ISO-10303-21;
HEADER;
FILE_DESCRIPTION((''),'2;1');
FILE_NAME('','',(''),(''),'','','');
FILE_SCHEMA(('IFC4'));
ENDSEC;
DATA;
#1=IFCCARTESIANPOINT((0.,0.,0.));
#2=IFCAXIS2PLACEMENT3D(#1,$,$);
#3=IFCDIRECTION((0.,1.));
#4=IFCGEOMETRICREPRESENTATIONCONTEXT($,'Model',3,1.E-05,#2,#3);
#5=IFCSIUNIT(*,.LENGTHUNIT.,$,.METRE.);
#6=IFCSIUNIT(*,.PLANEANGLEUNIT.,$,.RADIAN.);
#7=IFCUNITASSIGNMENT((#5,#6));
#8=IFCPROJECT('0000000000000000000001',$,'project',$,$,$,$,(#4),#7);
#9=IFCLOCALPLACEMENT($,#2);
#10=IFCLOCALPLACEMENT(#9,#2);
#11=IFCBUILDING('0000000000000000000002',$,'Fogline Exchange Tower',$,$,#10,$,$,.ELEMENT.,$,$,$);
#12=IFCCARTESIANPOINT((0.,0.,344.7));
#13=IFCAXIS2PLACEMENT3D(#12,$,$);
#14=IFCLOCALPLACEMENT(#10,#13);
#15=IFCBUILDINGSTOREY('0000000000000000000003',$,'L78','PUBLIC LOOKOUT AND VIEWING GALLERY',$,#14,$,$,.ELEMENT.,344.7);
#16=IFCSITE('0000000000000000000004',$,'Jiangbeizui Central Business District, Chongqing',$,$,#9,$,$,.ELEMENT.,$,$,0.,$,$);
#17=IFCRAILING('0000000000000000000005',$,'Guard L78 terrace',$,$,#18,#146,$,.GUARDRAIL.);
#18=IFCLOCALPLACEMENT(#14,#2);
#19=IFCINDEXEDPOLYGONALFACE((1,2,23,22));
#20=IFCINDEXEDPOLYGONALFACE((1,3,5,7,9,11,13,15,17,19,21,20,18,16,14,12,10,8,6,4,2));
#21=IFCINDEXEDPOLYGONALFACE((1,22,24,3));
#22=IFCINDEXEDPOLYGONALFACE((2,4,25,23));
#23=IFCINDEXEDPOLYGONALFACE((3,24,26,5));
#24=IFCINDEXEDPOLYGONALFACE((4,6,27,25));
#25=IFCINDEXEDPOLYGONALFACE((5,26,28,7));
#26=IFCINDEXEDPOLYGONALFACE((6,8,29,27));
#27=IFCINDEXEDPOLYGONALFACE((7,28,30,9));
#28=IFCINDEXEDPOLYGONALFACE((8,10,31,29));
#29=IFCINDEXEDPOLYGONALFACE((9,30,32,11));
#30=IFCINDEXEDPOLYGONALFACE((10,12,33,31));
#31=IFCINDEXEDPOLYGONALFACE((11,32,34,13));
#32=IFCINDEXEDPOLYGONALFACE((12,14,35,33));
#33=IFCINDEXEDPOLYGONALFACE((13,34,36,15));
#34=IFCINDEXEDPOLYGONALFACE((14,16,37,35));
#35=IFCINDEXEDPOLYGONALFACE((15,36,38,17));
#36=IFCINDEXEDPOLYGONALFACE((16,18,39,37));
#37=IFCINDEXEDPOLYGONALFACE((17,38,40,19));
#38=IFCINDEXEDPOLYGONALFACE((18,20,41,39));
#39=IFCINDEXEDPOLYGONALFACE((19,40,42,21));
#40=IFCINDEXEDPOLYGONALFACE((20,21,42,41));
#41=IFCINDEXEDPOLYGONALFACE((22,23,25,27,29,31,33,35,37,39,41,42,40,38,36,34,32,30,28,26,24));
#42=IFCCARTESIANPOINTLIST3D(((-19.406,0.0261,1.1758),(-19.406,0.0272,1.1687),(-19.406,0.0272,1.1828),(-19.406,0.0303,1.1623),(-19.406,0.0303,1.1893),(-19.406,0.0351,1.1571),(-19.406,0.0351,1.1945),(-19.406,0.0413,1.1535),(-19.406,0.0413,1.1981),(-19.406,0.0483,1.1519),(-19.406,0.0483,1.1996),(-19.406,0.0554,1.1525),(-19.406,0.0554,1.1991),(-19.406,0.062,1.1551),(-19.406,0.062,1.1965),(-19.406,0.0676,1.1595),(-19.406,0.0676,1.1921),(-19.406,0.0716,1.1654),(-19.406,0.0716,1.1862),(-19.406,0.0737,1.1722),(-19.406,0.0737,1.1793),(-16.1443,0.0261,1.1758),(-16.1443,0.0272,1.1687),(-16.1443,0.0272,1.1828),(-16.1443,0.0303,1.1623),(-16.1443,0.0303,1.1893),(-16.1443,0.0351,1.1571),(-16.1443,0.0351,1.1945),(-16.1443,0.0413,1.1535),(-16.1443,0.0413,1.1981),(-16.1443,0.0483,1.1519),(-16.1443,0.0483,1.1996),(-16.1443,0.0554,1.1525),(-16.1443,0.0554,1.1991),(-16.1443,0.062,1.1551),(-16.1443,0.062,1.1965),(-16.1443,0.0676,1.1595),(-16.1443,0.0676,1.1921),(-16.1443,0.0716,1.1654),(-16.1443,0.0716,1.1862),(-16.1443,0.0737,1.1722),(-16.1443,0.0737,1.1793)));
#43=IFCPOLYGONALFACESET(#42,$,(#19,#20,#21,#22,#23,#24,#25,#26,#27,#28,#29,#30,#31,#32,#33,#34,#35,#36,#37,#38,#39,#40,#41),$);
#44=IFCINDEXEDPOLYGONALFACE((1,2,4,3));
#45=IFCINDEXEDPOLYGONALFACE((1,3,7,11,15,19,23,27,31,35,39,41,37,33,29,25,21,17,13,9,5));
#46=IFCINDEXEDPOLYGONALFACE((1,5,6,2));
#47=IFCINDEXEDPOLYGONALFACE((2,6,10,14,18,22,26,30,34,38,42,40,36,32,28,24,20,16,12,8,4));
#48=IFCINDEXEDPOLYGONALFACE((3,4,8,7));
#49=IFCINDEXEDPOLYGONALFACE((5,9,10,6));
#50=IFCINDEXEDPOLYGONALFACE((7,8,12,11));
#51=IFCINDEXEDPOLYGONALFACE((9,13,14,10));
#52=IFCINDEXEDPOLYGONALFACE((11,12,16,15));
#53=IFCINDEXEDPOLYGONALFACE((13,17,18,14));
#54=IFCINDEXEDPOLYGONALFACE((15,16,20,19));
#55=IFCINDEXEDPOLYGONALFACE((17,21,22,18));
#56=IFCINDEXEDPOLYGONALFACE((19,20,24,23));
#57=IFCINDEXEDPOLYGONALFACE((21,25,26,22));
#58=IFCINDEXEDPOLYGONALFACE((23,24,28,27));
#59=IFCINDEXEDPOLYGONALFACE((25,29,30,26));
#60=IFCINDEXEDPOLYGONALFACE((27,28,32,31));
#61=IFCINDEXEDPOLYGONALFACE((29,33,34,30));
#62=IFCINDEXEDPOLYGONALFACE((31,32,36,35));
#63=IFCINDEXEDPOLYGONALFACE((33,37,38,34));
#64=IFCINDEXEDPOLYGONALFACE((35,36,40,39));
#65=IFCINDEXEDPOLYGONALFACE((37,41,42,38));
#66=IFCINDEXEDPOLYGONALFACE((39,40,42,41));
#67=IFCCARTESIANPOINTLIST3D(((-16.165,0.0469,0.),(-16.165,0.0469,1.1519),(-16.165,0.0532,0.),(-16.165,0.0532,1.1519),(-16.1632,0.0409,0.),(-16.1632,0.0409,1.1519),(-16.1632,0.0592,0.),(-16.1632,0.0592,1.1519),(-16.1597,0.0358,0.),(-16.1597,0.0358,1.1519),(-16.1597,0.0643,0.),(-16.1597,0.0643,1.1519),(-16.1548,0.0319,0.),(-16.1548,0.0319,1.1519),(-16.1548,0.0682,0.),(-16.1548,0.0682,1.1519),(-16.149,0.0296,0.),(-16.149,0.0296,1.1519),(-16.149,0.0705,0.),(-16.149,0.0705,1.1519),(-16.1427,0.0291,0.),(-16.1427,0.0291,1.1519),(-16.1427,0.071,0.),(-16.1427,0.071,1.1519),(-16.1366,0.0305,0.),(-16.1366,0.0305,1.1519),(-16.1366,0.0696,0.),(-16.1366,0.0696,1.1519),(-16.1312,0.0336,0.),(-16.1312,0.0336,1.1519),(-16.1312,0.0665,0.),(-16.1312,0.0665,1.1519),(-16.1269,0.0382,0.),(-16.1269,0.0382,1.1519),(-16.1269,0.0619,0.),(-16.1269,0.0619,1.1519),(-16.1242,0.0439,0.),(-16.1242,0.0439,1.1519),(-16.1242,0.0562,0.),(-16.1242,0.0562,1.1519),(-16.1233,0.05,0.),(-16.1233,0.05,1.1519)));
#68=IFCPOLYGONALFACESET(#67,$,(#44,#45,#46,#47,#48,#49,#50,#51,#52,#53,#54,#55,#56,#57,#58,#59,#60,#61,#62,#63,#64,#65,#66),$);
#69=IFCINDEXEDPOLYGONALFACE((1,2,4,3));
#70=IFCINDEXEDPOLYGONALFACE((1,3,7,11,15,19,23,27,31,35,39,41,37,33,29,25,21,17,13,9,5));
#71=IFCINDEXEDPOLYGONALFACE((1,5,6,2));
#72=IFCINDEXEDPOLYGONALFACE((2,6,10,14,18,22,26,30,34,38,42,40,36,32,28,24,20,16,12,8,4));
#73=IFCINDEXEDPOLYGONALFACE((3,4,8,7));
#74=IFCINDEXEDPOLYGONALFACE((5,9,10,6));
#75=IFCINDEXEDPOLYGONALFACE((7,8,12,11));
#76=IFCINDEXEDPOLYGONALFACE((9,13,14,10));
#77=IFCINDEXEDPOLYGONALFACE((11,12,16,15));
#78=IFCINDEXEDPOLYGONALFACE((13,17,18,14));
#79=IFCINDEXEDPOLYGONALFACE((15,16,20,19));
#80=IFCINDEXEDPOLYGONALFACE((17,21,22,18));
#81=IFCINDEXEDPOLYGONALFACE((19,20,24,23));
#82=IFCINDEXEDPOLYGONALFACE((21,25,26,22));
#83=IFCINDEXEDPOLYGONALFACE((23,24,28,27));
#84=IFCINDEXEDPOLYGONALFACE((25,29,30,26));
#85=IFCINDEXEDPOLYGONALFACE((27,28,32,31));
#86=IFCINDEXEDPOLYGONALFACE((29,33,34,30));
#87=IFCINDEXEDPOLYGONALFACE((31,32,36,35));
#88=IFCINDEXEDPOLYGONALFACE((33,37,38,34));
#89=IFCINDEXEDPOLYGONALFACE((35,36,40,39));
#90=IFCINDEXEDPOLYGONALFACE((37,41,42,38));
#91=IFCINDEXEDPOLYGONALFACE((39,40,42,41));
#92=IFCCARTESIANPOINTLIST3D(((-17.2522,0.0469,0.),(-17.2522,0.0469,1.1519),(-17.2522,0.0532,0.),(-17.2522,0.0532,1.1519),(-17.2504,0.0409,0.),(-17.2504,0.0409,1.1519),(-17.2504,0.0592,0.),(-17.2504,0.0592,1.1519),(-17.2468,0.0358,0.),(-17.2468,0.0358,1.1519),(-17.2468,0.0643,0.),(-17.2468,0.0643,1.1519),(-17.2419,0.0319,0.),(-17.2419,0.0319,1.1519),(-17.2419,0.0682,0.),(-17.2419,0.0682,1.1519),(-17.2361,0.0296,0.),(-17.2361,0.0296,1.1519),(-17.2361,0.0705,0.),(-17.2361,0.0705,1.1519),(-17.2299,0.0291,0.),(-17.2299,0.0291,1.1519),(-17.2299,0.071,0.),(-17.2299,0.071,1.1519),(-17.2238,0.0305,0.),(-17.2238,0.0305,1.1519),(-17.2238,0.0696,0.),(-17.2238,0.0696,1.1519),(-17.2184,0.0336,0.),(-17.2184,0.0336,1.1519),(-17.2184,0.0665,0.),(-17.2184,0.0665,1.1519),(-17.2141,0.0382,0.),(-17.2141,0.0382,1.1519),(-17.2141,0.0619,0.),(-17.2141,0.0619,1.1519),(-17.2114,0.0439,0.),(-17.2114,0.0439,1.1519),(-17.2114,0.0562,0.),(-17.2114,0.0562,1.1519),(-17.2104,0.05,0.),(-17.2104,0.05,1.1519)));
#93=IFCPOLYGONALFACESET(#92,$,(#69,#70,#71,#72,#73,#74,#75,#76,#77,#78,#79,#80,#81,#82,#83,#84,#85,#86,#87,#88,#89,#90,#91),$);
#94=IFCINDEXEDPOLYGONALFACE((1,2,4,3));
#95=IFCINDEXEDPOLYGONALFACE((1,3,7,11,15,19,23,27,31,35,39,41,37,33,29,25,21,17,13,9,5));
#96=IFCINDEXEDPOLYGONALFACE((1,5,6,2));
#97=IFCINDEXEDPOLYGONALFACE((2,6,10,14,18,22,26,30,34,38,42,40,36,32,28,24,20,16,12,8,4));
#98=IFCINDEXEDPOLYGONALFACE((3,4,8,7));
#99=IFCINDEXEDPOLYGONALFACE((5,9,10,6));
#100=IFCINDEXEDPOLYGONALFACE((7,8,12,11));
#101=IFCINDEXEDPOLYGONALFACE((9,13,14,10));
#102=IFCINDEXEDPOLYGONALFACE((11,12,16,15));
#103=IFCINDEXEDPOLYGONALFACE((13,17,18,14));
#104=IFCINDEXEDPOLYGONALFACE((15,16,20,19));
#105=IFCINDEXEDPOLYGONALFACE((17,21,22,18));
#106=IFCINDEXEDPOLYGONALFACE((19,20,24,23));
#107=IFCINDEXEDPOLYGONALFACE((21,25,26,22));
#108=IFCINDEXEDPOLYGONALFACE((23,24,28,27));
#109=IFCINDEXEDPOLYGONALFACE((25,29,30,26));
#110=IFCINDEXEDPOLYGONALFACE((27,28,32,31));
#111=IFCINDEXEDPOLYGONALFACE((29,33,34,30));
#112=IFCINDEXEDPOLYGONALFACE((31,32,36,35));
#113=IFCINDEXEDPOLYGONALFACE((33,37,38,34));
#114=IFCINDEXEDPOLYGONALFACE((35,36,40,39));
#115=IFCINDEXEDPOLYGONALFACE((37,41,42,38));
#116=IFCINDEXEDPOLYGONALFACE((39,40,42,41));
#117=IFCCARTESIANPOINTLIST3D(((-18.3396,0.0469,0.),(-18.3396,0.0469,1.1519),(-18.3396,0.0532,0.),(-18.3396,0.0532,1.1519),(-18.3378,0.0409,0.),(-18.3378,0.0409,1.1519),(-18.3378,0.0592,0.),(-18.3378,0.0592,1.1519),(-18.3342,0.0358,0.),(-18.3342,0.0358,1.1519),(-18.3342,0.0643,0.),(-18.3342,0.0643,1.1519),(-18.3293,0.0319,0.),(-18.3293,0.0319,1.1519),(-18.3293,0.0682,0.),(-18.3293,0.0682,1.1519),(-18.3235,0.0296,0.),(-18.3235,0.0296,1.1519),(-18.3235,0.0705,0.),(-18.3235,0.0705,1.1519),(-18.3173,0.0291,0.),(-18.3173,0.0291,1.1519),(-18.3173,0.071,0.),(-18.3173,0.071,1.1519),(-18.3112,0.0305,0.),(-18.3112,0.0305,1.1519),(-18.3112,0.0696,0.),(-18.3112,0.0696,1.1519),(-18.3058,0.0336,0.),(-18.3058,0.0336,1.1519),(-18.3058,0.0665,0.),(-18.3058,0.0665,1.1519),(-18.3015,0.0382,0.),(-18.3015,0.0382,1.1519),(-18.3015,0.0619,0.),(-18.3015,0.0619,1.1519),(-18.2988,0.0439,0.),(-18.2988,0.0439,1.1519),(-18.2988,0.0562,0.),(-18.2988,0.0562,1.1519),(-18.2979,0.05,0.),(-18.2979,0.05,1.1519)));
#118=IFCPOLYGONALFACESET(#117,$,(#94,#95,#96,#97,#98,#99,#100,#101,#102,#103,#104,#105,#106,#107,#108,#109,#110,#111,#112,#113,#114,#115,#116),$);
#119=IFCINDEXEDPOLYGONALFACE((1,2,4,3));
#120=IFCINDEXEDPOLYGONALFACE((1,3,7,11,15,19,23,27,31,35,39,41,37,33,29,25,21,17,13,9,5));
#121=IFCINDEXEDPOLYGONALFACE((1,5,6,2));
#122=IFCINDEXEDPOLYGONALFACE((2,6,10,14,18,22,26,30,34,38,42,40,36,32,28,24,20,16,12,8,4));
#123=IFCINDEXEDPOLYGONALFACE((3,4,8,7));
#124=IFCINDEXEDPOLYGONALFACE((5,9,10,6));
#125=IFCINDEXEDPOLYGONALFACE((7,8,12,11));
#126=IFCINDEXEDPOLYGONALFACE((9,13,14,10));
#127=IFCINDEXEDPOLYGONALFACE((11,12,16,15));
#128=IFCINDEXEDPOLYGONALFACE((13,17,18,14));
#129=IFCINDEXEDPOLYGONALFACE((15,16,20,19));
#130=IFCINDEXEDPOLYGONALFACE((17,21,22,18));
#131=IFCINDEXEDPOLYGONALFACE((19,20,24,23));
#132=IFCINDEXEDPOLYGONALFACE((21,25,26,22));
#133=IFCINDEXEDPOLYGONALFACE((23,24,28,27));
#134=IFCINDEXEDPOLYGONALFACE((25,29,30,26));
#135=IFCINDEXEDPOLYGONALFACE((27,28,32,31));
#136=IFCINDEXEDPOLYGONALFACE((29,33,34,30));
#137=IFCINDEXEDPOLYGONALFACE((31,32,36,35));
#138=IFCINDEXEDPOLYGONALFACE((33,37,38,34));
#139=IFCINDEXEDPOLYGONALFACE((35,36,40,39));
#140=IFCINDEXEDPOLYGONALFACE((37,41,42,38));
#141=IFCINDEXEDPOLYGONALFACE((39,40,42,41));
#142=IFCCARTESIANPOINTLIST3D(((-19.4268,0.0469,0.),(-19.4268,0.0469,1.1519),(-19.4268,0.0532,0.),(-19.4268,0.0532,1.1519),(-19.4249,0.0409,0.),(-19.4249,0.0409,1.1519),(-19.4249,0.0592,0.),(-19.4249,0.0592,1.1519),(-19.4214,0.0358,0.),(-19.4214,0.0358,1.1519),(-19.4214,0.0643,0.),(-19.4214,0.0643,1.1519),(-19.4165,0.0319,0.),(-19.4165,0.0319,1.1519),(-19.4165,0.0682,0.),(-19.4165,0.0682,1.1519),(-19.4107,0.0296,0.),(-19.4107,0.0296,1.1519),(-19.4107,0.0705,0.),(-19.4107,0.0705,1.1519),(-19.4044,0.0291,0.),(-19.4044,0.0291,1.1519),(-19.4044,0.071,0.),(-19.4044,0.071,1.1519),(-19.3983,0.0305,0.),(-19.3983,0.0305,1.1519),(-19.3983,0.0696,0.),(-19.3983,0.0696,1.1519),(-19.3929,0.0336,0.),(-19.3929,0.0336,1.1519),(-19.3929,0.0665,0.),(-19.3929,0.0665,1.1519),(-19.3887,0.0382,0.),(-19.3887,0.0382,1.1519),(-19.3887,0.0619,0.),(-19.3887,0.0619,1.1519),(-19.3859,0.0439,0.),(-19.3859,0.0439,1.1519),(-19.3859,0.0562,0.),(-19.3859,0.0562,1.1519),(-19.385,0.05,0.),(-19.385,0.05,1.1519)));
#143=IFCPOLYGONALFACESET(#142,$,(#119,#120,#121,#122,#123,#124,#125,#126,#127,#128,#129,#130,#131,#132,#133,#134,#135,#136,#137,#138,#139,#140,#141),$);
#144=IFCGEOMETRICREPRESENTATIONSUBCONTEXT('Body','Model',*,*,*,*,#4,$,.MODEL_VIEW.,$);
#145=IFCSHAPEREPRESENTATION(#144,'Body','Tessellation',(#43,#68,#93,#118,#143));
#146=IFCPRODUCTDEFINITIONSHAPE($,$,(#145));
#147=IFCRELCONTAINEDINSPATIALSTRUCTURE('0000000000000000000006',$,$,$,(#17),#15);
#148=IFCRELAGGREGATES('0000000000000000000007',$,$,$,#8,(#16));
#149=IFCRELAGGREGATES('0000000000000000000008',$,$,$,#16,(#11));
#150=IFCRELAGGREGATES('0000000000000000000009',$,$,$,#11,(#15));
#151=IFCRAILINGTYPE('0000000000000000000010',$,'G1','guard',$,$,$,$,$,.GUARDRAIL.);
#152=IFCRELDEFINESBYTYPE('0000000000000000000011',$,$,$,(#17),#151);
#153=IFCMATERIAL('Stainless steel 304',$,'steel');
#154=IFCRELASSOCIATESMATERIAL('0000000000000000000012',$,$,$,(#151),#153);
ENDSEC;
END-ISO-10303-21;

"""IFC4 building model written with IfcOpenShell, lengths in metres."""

from ifc_helpers import new_model, si_unit, direction, frame, origin, origin_2d, place, context, subcontext, project, spatial, circle, extrude, material, type_object, element, save


model = new_model("IFC4")

# Units and contexts
model_context = context("Model", 3, precision=1e-05, world=origin(), true_north=direction((0.0, 1.0)))
body_context = subcontext(model_context, "Body", "Model", "MODEL_VIEW")
ifc_project = project(units=[si_unit("LENGTHUNIT", "METRE"), si_unit("PLANEANGLEUNIT", "RADIAN")], contexts=[model_context])

# Site, building, storey
site_placement = place(None, origin())
site = spatial("IfcSite", under=ifc_project, at=site_placement, Name="Jiangbeizui Central Business District, Chongqing", CompositionType="ELEMENT", RefElevation=0.0)
building_placement = place(site_placement, origin())
building = spatial("IfcBuilding", under=site, at=building_placement, Name="Fogline Exchange Tower", CompositionType="ELEMENT")
storey_placement = place(building_placement, frame((0.0, 0.0, 344.7)))
storey = spatial("IfcBuildingStorey", under=building, at=storey_placement, Name="L78", Description="PUBLIC LOOKOUT AND VIEWING GALLERY", CompositionType="ELEMENT", Elevation=344.7)

# Railing
ifc_material_1 = material(Name="Stainless steel 304", Category="steel")
railing_type = type_object("IfcRailingType", Name="G1", Description="guard", PredefinedType="GUARDRAIL", material=ifc_material_1)
railing_1_placement = place(storey_placement, frame((-16.1443, 0.05, 0.0)))
element("IfcRailing", 1, at=railing_1_placement, inside=storey, type_object=railing_type, Name="Guard L78 terrace", PredefinedType="GUARDRAIL", context=body_context, shape_type="SweptSolid", body=[
    extrude(circle(Radius=0.0239, at=origin_2d()), frame((0.0, 0.0, 1.1758), z_axis=(-1.0, 0.0, 0.0), x_axis=(0.0, -1.0, 0.0)), (0.0, 0.0, 1.0), 3.2617),
    extrude(circle(Radius=0.021, at=origin_2d()), origin(), (0.0, 0.0, 1.0), 1.1519),
    extrude(circle(Radius=0.021, at=origin_2d()), frame((-1.0872, 0.0, 0.0)), (0.0, 0.0, 1.0), 1.1519),
    extrude(circle(Radius=0.021, at=origin_2d()), frame((-2.1746, 0.0, 0.0)), (0.0, 0.0, 1.0), 1.1519),
    extrude(circle(Radius=0.021, at=origin_2d()), frame((-3.2617, 0.0, 0.0)), (0.0, 0.0, 1.0), 1.1519),
])

save(model, "model.ifc")
